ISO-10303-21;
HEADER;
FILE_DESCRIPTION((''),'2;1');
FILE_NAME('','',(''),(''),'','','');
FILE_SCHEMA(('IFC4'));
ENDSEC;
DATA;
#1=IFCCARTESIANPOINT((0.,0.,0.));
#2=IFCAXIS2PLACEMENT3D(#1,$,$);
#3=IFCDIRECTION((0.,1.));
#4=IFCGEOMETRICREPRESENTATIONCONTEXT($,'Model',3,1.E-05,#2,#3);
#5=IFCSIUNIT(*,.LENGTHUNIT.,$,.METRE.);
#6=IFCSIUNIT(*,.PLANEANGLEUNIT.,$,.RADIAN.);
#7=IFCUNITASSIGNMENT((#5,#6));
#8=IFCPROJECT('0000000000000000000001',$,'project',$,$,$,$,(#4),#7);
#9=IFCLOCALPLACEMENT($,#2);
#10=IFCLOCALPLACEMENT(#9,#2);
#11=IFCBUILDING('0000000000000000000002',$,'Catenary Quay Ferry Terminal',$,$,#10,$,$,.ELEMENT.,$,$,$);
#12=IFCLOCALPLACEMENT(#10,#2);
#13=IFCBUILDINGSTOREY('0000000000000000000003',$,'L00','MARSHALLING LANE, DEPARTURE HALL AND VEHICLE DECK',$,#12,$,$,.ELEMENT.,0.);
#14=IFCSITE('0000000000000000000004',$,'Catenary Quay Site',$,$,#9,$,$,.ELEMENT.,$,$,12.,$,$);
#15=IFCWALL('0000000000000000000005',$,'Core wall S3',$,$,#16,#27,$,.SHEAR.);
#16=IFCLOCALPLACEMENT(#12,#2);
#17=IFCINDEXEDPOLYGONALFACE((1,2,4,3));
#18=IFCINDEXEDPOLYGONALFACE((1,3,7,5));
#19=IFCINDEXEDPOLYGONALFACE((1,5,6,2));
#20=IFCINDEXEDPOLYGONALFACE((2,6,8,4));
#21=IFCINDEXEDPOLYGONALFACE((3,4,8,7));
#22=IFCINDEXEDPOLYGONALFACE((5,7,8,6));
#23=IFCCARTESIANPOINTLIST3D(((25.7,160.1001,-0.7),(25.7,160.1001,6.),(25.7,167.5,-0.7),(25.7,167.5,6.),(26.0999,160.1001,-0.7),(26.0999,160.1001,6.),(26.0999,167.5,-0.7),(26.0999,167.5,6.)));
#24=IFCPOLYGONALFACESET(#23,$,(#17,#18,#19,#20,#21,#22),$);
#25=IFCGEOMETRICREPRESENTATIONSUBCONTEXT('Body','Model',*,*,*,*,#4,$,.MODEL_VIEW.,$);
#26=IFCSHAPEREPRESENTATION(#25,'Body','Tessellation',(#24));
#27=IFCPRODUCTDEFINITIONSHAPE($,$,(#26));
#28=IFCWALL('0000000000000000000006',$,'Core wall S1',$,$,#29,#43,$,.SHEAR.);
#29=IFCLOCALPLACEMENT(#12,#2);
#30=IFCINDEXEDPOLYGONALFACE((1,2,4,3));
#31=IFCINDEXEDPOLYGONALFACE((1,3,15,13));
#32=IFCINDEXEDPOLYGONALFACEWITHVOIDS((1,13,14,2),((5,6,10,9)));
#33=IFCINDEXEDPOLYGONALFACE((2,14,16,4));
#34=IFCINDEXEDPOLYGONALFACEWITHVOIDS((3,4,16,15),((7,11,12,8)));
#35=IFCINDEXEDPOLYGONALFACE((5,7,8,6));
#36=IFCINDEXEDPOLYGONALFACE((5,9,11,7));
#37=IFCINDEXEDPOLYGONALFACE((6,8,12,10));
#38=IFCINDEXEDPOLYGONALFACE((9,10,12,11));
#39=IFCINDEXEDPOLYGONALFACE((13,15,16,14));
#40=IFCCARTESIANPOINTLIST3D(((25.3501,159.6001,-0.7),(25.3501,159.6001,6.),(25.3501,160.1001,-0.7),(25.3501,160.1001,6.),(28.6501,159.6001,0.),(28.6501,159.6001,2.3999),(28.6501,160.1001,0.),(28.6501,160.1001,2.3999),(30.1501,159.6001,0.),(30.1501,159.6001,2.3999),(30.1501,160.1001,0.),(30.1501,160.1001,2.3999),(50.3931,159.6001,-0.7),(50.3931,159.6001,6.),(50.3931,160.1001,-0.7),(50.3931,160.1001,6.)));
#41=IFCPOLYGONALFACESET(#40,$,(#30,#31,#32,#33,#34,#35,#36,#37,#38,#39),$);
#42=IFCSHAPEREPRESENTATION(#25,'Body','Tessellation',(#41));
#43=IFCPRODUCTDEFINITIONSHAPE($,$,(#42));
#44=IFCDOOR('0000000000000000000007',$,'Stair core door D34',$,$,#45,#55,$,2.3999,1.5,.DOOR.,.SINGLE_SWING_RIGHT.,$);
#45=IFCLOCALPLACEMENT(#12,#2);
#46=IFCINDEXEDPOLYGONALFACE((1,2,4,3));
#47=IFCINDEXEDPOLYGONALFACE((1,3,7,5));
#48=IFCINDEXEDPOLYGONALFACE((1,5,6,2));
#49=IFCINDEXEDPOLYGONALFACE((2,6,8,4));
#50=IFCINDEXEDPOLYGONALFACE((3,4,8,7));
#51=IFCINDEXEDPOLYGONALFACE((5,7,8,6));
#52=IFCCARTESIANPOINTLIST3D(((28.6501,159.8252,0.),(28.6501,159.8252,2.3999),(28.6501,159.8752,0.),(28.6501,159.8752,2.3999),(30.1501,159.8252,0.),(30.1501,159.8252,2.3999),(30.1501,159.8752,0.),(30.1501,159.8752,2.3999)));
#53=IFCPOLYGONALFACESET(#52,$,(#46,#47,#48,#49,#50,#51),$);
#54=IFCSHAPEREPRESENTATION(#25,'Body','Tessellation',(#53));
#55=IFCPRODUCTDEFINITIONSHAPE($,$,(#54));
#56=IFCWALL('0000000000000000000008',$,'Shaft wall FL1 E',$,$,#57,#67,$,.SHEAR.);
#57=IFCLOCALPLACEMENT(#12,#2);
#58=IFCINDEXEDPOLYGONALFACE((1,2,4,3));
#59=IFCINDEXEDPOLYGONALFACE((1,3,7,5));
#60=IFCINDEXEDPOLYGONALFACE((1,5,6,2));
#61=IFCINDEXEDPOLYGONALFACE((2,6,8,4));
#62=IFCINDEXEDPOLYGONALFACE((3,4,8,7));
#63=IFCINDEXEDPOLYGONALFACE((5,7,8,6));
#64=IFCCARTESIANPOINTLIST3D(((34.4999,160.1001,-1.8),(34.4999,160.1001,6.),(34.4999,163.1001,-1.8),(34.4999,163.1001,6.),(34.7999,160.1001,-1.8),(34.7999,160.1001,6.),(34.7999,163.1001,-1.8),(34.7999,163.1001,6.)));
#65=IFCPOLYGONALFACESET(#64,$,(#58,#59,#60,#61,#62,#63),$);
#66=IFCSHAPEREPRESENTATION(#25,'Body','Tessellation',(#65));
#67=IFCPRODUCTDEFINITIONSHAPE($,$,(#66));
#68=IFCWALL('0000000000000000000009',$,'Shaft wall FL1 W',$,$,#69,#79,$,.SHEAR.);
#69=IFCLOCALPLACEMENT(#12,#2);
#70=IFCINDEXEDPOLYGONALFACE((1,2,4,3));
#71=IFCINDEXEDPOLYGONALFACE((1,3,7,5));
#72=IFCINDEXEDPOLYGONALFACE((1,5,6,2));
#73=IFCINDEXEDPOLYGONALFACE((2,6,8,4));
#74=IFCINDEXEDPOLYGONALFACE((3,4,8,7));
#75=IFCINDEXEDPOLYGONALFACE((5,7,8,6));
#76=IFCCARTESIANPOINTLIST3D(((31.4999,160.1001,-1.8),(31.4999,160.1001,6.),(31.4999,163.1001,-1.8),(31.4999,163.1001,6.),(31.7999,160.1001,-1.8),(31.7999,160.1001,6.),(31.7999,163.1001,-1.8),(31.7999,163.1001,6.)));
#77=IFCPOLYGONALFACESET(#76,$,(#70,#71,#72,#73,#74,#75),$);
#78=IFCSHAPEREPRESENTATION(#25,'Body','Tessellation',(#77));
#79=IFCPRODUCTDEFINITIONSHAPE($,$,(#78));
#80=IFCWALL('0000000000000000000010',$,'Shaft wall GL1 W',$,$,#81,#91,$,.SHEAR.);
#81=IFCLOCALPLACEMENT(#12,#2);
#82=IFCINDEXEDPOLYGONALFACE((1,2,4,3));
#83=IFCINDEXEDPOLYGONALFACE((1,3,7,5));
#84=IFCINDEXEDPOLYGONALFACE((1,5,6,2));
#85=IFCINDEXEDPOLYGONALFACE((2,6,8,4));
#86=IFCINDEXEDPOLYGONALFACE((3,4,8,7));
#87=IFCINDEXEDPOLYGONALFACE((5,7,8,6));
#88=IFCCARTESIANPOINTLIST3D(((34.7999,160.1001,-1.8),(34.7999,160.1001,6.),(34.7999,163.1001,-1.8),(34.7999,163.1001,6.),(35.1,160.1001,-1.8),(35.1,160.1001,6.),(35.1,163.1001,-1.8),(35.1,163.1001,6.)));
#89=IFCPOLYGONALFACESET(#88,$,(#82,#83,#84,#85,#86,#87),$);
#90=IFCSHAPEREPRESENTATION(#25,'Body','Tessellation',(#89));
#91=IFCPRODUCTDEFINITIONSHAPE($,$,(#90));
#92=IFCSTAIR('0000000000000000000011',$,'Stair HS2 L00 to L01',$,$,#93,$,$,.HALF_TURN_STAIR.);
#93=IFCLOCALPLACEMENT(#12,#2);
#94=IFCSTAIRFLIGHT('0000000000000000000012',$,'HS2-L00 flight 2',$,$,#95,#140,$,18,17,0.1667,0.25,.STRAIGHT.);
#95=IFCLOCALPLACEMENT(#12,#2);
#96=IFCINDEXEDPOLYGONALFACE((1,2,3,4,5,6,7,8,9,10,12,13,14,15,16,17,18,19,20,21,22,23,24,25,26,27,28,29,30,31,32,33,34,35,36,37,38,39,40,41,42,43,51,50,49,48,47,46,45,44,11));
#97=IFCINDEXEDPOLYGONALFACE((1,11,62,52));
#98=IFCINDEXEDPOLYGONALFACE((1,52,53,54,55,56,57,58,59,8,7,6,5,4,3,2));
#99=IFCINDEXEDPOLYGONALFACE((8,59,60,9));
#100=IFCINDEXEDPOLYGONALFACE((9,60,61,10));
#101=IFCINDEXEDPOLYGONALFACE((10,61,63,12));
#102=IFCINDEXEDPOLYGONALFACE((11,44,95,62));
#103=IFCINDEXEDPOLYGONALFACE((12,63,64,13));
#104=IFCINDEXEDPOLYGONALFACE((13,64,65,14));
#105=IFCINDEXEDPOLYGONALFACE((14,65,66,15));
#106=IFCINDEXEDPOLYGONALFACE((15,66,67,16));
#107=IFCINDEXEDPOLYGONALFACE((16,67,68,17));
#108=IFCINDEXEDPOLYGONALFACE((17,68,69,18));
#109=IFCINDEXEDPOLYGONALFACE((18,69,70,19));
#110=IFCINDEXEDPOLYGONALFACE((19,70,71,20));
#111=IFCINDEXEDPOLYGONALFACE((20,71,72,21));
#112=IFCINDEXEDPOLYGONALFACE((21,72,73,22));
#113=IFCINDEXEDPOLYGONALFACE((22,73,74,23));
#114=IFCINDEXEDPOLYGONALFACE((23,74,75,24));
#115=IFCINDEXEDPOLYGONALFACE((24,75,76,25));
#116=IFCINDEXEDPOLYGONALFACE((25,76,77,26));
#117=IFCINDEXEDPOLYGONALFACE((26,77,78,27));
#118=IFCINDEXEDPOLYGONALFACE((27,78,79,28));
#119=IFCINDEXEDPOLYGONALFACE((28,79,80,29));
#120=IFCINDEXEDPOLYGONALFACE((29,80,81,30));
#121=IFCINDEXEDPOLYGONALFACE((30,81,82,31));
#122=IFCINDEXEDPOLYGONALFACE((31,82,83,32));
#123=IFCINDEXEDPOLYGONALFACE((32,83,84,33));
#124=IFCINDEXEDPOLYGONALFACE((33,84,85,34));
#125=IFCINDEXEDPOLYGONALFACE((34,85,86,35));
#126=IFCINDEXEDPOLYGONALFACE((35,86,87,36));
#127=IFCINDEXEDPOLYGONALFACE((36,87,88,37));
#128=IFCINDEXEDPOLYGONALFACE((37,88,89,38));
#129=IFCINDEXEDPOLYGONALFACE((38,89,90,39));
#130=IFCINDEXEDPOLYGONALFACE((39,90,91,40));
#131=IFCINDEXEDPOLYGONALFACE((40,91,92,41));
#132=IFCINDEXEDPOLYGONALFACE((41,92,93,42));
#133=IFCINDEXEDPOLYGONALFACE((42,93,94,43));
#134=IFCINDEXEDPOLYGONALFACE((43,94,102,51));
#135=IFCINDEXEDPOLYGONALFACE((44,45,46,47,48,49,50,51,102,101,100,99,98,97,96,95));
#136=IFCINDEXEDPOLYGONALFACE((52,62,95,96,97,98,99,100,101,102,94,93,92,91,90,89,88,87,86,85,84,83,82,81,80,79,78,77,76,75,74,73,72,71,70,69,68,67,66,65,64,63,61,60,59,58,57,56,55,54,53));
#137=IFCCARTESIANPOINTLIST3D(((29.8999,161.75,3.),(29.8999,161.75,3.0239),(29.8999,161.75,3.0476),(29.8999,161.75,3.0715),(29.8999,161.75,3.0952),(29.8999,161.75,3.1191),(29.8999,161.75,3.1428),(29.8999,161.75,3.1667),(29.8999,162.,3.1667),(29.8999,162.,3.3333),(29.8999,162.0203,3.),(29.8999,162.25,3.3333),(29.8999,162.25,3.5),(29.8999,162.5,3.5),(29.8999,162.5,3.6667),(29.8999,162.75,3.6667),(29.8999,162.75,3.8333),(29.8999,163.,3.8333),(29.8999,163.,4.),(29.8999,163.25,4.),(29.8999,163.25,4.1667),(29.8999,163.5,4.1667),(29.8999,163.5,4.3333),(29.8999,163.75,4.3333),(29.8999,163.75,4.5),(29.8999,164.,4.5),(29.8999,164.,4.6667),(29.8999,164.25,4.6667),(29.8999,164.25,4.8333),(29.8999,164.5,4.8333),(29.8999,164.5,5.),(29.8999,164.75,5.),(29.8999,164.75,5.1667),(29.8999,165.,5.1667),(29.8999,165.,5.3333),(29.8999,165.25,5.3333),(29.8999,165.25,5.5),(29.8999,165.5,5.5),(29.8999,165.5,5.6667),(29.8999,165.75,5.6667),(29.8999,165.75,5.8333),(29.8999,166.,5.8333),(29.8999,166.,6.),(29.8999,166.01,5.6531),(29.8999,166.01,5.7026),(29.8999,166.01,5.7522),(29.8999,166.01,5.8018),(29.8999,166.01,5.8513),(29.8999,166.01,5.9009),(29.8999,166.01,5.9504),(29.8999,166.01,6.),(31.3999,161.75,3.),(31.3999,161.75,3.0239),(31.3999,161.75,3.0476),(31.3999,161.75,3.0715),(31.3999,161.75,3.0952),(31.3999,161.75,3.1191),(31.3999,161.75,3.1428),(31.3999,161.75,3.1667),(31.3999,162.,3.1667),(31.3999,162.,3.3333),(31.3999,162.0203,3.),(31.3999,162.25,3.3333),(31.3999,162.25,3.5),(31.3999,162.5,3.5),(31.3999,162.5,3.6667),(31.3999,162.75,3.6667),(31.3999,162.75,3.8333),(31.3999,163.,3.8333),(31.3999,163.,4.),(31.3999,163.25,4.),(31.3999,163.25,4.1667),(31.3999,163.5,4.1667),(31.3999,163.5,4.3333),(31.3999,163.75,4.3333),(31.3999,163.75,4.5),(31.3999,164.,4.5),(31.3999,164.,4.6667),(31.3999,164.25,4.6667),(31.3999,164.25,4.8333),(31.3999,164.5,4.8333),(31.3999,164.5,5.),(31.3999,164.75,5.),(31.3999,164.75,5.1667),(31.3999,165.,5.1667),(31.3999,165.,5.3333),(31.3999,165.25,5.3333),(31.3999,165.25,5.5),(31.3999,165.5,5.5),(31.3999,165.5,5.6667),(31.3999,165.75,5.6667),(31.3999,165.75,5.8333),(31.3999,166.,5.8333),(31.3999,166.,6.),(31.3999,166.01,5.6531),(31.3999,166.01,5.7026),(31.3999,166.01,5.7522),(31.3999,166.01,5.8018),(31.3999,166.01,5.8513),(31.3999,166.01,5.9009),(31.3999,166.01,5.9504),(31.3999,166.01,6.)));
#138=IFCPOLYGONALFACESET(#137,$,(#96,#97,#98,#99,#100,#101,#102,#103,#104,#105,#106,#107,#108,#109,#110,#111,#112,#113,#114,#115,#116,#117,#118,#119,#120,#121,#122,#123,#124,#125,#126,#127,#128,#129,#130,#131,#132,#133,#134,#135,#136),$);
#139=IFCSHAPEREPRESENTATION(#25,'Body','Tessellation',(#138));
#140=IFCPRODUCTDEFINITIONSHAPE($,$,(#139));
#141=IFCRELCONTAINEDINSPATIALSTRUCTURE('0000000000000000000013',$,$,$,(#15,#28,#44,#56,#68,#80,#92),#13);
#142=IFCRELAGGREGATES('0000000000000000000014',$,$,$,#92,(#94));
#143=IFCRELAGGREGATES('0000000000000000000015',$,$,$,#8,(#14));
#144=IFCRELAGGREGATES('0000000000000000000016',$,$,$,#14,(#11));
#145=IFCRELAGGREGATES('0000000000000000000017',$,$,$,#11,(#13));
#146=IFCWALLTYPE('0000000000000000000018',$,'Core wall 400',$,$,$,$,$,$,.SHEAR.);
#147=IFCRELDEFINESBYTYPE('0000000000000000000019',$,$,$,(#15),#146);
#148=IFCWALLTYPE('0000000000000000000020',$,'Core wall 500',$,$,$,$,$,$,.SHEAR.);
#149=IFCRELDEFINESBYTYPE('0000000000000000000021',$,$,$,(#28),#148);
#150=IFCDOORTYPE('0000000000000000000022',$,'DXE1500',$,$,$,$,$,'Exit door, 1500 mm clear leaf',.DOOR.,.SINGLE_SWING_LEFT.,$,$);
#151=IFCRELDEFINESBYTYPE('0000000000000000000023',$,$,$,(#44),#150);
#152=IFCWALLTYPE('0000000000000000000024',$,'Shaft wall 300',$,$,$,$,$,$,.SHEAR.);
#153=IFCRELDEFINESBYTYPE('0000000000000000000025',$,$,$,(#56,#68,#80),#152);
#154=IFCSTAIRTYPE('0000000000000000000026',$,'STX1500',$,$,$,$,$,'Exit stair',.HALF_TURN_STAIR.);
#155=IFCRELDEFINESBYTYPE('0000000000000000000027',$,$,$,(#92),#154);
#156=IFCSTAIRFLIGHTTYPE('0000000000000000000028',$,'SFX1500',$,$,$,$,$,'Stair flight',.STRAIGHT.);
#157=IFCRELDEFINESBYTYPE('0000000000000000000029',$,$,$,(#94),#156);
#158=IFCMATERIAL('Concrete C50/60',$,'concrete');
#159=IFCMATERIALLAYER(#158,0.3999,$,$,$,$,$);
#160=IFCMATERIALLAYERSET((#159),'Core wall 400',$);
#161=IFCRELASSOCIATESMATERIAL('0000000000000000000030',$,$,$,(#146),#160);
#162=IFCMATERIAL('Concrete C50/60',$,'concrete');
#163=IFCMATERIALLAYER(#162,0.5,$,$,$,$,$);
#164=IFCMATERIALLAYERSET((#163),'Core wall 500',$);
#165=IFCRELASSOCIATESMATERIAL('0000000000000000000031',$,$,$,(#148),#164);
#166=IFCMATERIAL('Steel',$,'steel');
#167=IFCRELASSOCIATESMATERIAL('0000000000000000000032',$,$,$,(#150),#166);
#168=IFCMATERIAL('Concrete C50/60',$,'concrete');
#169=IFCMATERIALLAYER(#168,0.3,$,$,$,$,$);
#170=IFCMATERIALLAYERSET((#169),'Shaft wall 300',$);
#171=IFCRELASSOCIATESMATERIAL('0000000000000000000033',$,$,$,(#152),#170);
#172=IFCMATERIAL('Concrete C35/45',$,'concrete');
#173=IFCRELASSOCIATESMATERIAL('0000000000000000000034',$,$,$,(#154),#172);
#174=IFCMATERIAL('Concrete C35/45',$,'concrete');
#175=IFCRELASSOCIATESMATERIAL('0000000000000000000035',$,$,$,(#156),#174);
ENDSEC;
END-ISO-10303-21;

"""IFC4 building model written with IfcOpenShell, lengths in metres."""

from ifc_helpers import new_model, si_unit, direction, frame, frame_2d, origin, place, context, subcontext, project, spatial, polyline, rectangle, outline, extrude, material, layer, layer_set, type_object, element, fill, aggregate, save


model = new_model("IFC4")

# Units and contexts
model_context = context("Model", 3, precision=1e-05, world=origin(), true_north=direction((0.0, 1.0)))
body_context = subcontext(model_context, "Body", "Model", "MODEL_VIEW")
ifc_project = project(units=[si_unit("LENGTHUNIT", "METRE"), si_unit("PLANEANGLEUNIT", "RADIAN")], contexts=[model_context])

# Site, building, storey
site_placement = place(None, origin())
site = spatial("IfcSite", under=ifc_project, at=site_placement, Name="Catenary Quay Site", CompositionType="ELEMENT", RefElevation=12.0)
building_placement = place(site_placement, origin())
building = spatial("IfcBuilding", under=site, at=building_placement, Name="Catenary Quay Ferry Terminal", CompositionType="ELEMENT")
storey_placement = place(building_placement, origin())
storey = spatial("IfcBuildingStorey", under=building, at=storey_placement, Name="L00", Description="MARSHALLING LANE, DEPARTURE HALL AND VEHICLE DECK", CompositionType="ELEMENT", Elevation=0.0)

# Wall
ifc_material_1 = material(Name="Concrete C50/60", Category="concrete")
ifc_layer_1 = layer(ifc_material_1, 0.3999)
ifc_layer_set_1 = layer_set([ifc_layer_1], Name="Core wall 400")
wall_type_1 = type_object("IfcWallType", Name="Core wall 400", PredefinedType="SHEAR", material=ifc_layer_set_1)
wall_1_placement = place(storey_placement, frame((25.8999, 160.1001, -0.7), z_axis=(0.0, 0.0, 1.0), x_axis=(0.0, 1.0, 0.0)))
element("IfcWall", 1, at=wall_1_placement, inside=storey, type_object=wall_type_1, Name="Core wall S3", PredefinedType="SHEAR", context=body_context, shape_type="SweptSolid", body=[
    extrude(rectangle(XDim=7.3999, YDim=0.3999, at=frame_2d((3.7, 0.0))), origin(), (0.0, 0.0, 1.0), 6.7),
])

# Wall, opening, door
ifc_material_2 = material(Name="Concrete C50/60", Category="concrete")
ifc_layer_2 = layer(ifc_material_2, 0.5)
ifc_layer_set_2 = layer_set([ifc_layer_2], Name="Core wall 500")
wall_type_2 = type_object("IfcWallType", Name="Core wall 500", PredefinedType="SHEAR", material=ifc_layer_set_2)
wall_2_placement = place(storey_placement, frame((25.3501, 159.8501, -0.7), z_axis=(0.0, 0.0, 1.0), x_axis=(1.0, 0.0, 0.0)))
wall_2 = element("IfcWall", 2, at=wall_2_placement, inside=storey, type_object=wall_type_2, Name="Core wall S1", PredefinedType="SHEAR", context=body_context, shape_type="SweptSolid", body=[
    extrude(rectangle(XDim=25.043, YDim=0.5, at=frame_2d((12.5215, 0.0))), origin(), (0.0, 0.0, 1.0), 6.7),
])
opening_placement = place(wall_2_placement, frame((3.3, 0.0, 0.7)))
opening = element("IfcOpeningElement", 3, at=opening_placement, cuts=wall_2, PredefinedType="OPENING", context=body_context, shape_type="SweptSolid", body=[
    extrude(rectangle(XDim=1.5, YDim=2.3999, at=frame_2d((0.75, 1.2))), frame((0.0, 0.26, 0.0), z_axis=(0.0, -1.0, 0.0), x_axis=(1.0, 0.0, 0.0)), (0.0, 0.0, 1.0), 0.52),
])
ifc_material_3 = material(Name="Steel", Category="steel")
door_type = type_object("IfcDoorType", Name="DXE1500", ElementType="Exit door, 1500 mm clear leaf", OperationType="SINGLE_SWING_LEFT", PredefinedType="DOOR", material=ifc_material_3)
door_placement = place(opening_placement, frame((1.5, 0.0, 0.0), z_axis=(0.0, 0.0, 1.0), x_axis=(-1.0, 0.0, 0.0)))
door = element("IfcDoor", 4, at=door_placement, inside=storey, type_object=door_type, Name="Stair core door D34", OperationType="SINGLE_SWING_RIGHT", OverallHeight=2.3999, OverallWidth=1.5, PredefinedType="DOOR", context=body_context, shape_type="SweptSolid", body=[
    extrude(rectangle(XDim=1.5, YDim=2.3999, at=frame_2d((0.75, 1.2))), frame((0.0, 0.0249, 0.0), z_axis=(0.0, -1.0, 0.0), x_axis=(1.0, 0.0, 0.0)), (0.0, 0.0, 1.0), 0.05),
])
fill(opening, door)

# Walls
ifc_material_4 = material(Name="Concrete C50/60", Category="concrete")
ifc_layer_3 = layer(ifc_material_4, 0.3)
ifc_layer_set_3 = layer_set([ifc_layer_3], Name="Shaft wall 300")
wall_type_3 = type_object("IfcWallType", Name="Shaft wall 300", PredefinedType="SHEAR", material=ifc_layer_set_3)
for number, where, z_axis, x_axis, name in (
    (5, (34.6499, 160.1001, -1.8), (0.0, 0.0, 1.0), (0.0, 1.0, 0.0), "Shaft wall FL1 E"),
    (6, (31.6499, 160.1001, -1.8), (0.0, 0.0, 1.0), (0.0, 1.0, 0.0), "Shaft wall FL1 W"),
    (7, (34.95, 160.1001, -1.8), (0.0, 0.0, 1.0), (0.0, 1.0, 0.0), "Shaft wall GL1 W"),
):
    element("IfcWall", number, at=place(storey_placement, frame(where, z_axis=z_axis, x_axis=x_axis)), inside=storey, type_object=wall_type_3, Name=name, PredefinedType="SHEAR", context=body_context, shape_type="SweptSolid", body=[
        extrude(rectangle(XDim=3.0, YDim=0.3, at=frame_2d((1.5, 0.0))), origin(), (0.0, 0.0, 1.0), 7.8),
    ])

# Stair, stair flight
ifc_material_5 = material(Name="Concrete C35/45", Category="concrete")
stair_type = type_object("IfcStairType", Name="STX1500", ElementType="Exit stair", PredefinedType="HALF_TURN_STAIR", material=ifc_material_5)
stair_placement = place(storey_placement, origin())
stair = element("IfcStair", 8, at=stair_placement, inside=storey, type_object=stair_type, Name="Stair HS2 L00 to L01", PredefinedType="HALF_TURN_STAIR")
ifc_material_6 = material(Name="Concrete C35/45", Category="concrete")
stair_flight_type = type_object("IfcStairFlightType", Name="SFX1500", ElementType="Stair flight", PredefinedType="STRAIGHT", material=ifc_material_6)
stair_flight_placement = place(storey_placement, frame((30.6499, 161.75, 3.0), z_axis=(0.0, 0.0, 1.0), x_axis=(0.0, 1.0, 0.0)))
stair_flight = element("IfcStairFlight", 9, at=stair_flight_placement, type_object=stair_flight_type, Name="HS2-L00 flight 2", NumberOfRisers=18, NumberOfTreads=17, PredefinedType="STRAIGHT", RiserHeight=0.1667, TreadLength=0.25, context=body_context, shape_type="SweptSolid", body=[
    extrude(outline(polyline([(0.0, 0.0), (0.0, 0.0239), (0.0, 0.0476), (0.0, 0.0715), (0.0, 0.0952), (0.0, 0.1191), (0.0, 0.1428), (0.0, 0.1667), (0.25, 0.1667), (0.25, 0.3333), (0.5, 0.3333), (0.5, 0.5), (0.75, 0.5), (0.75, 0.6667), (1.0, 0.6667), (1.0, 0.8333), (1.25, 0.8333), (1.25, 1.0), (1.5, 1.0), (1.5, 1.1667), (1.75, 1.1667), (1.75, 1.3333), (2.0, 1.3333), (2.0, 1.5), (2.25, 1.5), (2.25, 1.6667), (2.5, 1.6667), (2.5, 1.8333), (2.75, 1.8333), (2.75, 2.0), (3.0, 2.0), (3.0, 2.1667), (3.25, 2.1667), (3.25, 2.3333), (3.5, 2.3333), (3.5, 2.5), (3.75, 2.5), (3.75, 2.6667), (4.0, 2.6667), (4.0, 2.8333), (4.25, 2.8333), (4.25, 3.0), (4.26, 3.0), (4.26, 2.9504), (4.26, 2.9009), (4.26, 2.8513), (4.26, 2.8018), (4.26, 2.7522), (4.26, 2.7026), (4.26, 2.6531), (0.2703, 0.0), (0.0, 0.0)])), frame((0.0, 0.75, 0.0), z_axis=(0.0, -1.0, 0.0), x_axis=(1.0, 0.0, 0.0)), (0.0, 0.0, 1.0), 1.5),
])
aggregate(stair, [stair_flight])

save(model, "model.ifc")
